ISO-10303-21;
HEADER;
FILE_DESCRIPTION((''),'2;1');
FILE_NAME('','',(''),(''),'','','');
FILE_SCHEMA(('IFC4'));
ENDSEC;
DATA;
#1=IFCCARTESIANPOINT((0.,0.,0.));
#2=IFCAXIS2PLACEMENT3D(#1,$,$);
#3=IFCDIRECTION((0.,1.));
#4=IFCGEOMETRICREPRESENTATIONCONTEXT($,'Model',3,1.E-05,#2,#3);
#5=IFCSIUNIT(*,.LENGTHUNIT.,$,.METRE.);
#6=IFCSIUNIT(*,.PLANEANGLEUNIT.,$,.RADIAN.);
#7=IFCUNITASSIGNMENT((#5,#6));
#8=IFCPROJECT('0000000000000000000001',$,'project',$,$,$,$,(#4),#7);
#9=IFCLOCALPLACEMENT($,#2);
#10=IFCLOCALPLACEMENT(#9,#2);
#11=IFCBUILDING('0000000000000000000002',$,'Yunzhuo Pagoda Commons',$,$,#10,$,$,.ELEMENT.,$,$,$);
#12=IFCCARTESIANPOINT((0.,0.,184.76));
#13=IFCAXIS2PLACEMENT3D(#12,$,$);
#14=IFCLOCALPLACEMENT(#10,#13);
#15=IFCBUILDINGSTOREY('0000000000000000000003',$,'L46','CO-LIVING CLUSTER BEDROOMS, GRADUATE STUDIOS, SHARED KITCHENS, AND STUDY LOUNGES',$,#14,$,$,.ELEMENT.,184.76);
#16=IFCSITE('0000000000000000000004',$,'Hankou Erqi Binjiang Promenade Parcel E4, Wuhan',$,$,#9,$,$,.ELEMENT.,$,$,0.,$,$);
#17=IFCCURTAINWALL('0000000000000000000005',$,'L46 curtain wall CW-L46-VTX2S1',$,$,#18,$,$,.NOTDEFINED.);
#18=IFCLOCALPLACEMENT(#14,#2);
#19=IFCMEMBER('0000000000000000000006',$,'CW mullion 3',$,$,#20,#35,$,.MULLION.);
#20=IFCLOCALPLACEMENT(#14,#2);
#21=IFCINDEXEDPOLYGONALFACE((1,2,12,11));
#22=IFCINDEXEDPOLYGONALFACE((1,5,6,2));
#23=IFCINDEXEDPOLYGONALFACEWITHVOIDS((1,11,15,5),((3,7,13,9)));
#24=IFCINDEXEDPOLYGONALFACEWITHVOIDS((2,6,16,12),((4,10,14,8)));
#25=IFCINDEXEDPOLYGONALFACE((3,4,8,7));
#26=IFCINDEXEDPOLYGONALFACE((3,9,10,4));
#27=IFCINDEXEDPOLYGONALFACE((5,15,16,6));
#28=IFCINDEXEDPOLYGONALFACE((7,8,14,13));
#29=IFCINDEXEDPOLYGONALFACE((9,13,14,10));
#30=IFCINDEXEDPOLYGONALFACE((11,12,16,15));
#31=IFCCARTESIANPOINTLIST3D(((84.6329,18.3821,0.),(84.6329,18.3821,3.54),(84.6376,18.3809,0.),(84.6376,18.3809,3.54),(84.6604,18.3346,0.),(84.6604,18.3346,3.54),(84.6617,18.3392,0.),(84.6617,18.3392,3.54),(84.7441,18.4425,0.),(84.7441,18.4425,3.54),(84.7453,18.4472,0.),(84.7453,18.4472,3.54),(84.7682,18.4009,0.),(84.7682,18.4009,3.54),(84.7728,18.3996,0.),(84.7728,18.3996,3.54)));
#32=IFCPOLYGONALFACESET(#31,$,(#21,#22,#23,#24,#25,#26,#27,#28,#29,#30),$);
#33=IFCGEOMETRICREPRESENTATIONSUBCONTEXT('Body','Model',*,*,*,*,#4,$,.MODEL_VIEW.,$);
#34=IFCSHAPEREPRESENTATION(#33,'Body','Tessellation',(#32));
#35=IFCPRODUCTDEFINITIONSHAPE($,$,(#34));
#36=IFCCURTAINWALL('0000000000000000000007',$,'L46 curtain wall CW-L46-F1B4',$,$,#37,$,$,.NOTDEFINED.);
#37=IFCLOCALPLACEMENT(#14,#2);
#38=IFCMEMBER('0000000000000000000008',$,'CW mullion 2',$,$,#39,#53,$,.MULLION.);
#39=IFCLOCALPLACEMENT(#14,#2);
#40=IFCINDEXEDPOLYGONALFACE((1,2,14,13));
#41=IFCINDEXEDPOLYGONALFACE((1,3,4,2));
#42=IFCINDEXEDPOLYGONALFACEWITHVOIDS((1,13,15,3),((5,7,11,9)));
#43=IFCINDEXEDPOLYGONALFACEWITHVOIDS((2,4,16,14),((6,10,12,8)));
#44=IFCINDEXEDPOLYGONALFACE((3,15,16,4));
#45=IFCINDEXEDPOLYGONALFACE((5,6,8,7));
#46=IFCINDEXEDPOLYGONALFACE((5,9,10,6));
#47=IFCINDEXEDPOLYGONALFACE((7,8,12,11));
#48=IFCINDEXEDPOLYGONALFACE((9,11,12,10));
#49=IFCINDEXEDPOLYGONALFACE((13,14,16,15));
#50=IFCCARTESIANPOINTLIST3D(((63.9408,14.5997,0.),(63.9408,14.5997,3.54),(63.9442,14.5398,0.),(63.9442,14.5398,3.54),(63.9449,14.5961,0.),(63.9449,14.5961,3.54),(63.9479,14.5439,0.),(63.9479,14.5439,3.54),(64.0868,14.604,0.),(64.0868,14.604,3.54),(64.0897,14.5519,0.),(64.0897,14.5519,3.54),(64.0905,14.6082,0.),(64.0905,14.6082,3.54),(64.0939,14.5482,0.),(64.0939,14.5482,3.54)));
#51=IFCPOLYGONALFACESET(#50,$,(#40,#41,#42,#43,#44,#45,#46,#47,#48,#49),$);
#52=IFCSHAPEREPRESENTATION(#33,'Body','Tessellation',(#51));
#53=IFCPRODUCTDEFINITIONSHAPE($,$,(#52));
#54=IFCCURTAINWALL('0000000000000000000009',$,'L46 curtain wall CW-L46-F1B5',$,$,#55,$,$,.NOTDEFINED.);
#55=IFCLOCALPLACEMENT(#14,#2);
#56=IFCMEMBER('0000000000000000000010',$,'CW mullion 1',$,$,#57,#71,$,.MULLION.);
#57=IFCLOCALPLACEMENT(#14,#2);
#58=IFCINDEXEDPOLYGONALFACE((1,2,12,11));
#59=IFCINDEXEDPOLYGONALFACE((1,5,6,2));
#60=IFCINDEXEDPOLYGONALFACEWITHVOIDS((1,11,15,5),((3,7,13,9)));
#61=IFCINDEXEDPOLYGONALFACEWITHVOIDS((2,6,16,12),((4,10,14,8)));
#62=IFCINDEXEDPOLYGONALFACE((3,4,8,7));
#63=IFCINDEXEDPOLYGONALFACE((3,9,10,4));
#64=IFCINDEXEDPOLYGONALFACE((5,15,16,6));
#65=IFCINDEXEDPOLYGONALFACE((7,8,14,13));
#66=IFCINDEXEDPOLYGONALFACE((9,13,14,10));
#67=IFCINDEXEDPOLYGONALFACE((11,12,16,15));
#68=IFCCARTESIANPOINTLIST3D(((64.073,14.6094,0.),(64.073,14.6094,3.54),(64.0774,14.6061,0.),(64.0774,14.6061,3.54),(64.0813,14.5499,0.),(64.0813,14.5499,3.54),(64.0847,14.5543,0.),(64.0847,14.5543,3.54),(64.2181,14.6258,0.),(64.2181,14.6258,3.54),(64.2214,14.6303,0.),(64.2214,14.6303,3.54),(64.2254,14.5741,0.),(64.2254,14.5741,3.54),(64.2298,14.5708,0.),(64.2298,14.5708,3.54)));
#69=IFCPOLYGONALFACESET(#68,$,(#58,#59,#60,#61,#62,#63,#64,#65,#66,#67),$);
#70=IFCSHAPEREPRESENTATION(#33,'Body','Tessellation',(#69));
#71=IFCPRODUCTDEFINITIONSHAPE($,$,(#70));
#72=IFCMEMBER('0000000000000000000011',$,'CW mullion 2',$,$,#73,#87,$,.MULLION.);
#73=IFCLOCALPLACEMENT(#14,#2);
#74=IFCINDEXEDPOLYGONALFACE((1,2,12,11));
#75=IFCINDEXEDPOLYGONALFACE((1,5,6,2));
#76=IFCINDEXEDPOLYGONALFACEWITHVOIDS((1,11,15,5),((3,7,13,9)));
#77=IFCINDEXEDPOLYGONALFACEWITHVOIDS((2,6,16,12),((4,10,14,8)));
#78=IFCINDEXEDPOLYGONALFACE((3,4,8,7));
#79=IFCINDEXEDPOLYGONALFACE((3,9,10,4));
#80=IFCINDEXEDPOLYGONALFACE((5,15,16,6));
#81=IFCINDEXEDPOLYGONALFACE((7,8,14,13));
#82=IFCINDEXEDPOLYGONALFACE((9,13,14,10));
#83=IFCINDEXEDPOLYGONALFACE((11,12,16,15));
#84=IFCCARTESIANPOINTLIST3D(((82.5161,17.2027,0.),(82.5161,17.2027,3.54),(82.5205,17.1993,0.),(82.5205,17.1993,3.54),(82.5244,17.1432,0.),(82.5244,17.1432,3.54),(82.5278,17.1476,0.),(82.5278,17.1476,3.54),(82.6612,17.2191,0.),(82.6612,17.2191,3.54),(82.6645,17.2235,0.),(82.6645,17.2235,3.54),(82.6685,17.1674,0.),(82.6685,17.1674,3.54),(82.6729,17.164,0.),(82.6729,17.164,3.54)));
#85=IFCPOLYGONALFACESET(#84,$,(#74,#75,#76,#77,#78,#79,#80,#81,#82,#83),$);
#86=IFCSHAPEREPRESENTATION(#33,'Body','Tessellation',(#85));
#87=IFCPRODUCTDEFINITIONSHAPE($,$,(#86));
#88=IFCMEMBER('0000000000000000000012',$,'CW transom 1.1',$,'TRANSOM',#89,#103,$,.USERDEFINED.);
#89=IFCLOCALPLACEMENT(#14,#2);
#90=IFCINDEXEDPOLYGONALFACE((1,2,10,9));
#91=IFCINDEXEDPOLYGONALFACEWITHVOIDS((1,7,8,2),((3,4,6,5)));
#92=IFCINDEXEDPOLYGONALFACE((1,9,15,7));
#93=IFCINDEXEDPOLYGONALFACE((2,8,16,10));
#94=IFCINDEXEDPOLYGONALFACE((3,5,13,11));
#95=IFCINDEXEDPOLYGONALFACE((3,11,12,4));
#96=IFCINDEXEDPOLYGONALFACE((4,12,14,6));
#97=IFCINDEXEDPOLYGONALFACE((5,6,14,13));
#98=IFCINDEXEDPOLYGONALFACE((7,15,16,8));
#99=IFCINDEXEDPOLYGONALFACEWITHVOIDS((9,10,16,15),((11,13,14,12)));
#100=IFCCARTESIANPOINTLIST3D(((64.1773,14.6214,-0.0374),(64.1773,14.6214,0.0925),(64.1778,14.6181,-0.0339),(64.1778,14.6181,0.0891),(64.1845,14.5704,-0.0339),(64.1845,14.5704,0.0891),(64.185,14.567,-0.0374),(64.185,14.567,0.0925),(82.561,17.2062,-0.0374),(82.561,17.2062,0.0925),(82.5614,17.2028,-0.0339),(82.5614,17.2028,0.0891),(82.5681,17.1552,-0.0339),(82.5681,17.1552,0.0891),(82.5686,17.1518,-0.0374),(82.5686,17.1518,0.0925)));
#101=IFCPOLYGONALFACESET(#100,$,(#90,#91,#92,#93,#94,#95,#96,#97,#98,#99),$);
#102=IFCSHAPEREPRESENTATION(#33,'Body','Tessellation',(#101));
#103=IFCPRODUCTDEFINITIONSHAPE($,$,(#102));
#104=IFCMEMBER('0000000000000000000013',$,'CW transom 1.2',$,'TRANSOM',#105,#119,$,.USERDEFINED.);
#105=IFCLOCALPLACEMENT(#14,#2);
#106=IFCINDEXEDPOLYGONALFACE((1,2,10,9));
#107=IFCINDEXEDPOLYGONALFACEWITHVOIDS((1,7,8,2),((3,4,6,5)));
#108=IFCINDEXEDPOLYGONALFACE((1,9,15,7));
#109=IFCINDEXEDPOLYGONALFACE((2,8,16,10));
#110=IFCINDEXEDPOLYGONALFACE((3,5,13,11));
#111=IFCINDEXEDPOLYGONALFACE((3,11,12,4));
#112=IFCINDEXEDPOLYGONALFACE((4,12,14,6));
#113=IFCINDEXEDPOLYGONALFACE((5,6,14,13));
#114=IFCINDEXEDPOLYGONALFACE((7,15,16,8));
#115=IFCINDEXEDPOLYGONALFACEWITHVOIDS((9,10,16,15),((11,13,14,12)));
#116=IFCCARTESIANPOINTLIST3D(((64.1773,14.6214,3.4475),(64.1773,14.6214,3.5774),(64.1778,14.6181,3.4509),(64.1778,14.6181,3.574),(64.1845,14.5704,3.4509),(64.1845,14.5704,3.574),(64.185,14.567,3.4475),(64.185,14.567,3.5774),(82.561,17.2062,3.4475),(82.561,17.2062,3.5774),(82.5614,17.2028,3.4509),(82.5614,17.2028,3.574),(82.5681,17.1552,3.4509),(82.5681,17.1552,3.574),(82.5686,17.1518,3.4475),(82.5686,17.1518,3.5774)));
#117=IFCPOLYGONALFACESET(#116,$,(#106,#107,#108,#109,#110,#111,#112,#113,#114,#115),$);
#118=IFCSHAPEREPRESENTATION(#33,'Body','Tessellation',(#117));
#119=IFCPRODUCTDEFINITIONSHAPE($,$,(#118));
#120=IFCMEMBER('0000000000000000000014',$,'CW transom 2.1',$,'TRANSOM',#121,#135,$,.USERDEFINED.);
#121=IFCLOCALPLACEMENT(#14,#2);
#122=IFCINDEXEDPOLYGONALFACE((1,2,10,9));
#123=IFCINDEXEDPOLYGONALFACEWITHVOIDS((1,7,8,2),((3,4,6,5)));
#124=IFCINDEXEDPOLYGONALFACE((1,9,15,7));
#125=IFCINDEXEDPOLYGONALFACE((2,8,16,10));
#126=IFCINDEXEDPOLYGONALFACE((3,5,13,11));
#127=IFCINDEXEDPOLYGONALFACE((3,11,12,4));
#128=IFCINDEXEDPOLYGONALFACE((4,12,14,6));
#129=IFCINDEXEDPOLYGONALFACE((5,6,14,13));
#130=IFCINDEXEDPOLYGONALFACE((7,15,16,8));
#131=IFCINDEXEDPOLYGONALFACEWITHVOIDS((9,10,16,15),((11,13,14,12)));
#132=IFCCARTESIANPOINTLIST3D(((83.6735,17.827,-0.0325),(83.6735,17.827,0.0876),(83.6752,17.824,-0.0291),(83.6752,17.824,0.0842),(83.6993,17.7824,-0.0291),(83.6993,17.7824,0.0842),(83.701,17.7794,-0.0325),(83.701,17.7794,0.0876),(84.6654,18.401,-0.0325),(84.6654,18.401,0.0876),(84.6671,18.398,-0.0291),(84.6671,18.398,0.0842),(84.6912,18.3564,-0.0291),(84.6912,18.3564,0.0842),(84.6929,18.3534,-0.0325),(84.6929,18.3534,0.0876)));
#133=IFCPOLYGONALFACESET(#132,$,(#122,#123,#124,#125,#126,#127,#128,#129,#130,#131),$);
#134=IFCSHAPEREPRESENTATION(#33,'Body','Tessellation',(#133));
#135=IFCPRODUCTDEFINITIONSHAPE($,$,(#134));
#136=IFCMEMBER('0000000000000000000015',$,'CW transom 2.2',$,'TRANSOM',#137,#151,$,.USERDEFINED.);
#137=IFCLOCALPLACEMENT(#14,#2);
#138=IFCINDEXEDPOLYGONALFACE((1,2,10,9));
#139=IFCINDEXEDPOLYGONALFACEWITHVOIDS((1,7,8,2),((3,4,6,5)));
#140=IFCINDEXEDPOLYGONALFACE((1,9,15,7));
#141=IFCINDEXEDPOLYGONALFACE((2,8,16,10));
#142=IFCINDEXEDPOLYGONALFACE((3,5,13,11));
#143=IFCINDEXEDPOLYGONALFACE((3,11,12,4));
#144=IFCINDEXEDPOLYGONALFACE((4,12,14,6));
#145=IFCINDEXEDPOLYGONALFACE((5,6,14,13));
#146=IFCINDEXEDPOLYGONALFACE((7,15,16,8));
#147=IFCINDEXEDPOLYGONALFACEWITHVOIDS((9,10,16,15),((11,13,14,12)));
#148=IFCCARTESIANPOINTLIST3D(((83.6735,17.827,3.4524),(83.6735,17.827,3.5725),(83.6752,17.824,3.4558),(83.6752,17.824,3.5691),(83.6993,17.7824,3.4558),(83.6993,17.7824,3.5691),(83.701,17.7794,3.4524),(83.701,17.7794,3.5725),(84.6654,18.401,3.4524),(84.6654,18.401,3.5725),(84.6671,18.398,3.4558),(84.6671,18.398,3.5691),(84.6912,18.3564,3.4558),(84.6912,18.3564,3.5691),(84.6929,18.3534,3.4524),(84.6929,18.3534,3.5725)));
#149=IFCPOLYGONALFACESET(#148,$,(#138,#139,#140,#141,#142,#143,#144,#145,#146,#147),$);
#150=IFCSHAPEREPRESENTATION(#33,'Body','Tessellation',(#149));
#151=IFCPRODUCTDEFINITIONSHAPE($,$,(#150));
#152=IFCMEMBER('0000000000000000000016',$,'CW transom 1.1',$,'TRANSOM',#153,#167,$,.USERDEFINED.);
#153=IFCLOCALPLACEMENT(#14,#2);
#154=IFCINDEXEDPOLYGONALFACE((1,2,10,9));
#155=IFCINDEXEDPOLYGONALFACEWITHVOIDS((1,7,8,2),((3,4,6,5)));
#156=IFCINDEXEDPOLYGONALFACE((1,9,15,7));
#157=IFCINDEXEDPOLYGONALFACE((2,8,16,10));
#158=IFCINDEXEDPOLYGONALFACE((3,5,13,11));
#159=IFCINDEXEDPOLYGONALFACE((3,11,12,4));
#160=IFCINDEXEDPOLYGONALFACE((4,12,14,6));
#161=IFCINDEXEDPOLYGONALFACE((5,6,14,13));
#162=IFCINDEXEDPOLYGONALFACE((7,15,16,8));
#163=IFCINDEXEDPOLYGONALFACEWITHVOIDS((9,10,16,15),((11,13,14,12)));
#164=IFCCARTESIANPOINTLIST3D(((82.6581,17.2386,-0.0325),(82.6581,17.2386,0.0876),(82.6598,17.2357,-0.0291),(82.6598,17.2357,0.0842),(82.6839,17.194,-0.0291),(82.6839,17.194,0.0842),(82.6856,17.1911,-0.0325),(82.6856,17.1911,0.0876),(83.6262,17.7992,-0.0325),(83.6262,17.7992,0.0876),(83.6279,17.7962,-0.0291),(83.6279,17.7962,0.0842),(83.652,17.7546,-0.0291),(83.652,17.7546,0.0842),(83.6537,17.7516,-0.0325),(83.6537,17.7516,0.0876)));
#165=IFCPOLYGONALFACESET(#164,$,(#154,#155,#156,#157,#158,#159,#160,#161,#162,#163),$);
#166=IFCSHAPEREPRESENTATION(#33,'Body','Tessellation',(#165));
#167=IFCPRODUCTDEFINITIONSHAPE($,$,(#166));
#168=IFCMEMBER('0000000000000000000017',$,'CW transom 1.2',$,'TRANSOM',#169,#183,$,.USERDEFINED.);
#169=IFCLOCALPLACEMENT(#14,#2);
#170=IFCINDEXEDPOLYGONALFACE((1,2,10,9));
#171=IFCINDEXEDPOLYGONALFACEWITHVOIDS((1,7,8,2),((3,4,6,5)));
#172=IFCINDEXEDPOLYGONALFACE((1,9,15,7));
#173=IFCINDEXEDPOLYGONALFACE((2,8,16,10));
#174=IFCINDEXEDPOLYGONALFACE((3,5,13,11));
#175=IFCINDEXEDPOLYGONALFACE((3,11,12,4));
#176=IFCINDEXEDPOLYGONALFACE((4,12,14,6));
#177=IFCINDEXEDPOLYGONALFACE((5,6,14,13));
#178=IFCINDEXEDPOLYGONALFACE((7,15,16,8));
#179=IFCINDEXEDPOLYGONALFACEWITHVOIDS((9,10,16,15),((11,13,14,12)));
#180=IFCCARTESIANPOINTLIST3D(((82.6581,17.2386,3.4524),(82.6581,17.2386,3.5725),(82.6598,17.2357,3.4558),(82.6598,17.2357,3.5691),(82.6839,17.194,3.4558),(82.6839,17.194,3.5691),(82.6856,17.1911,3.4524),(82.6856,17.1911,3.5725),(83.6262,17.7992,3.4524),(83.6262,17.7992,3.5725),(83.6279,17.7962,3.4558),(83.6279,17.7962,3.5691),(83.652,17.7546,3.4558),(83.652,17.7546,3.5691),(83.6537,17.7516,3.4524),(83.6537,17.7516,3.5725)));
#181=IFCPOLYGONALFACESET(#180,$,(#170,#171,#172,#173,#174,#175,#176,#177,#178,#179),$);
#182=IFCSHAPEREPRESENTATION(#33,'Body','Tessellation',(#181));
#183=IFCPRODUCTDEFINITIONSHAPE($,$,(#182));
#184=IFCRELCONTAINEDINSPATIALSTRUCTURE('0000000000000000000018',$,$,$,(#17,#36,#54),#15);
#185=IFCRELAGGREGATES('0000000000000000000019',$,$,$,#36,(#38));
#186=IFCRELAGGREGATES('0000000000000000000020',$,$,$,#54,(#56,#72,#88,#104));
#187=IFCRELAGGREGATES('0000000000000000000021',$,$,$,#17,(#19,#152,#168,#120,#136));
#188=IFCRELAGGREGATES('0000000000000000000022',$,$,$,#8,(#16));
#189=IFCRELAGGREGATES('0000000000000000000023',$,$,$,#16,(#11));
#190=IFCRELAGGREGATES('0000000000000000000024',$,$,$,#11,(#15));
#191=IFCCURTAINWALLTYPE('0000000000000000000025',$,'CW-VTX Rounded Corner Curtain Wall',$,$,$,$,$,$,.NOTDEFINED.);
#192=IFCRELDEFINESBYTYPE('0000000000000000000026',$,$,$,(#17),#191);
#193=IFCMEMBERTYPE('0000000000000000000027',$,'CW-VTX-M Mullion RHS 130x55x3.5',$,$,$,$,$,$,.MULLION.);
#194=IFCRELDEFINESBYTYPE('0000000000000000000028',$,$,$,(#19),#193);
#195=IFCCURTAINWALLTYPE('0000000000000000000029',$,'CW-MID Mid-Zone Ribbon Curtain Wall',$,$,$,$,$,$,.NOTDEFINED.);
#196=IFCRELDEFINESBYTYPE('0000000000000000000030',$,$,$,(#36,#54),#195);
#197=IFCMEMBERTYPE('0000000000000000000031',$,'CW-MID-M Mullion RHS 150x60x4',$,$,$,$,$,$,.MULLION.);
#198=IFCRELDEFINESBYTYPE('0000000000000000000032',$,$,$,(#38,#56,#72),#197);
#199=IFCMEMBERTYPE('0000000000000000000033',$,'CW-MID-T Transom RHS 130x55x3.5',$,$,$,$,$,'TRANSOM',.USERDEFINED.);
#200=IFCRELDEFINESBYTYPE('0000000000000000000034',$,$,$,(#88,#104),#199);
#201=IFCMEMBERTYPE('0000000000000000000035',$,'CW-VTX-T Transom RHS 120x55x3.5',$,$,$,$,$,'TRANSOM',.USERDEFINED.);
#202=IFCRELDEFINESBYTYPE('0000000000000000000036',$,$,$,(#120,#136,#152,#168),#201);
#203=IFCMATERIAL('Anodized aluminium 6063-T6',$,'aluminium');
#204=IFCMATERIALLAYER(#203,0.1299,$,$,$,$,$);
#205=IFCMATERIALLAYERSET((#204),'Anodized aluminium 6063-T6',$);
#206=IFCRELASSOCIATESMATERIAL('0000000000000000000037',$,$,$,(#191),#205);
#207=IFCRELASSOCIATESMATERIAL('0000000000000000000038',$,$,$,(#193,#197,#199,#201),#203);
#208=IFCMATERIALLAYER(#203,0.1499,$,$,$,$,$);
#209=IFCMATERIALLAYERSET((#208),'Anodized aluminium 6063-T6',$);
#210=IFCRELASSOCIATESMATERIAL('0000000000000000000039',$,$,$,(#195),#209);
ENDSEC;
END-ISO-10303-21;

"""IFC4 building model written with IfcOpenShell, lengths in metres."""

from ifc_helpers import new_model, si_unit, direction, frame, origin, origin_2d, place, context, subcontext, project, spatial, hollow_rectangle, extrude, source, transform, mapped, material, layer, layer_set, material_profile, profile_set, type_object, element, aggregate, save


model = new_model("IFC4")

# Units and contexts
model_context = context("Model", 3, precision=1e-05, world=origin(), true_north=direction((0.0, 1.0)))
body_context = subcontext(model_context, "Body", "Model", "MODEL_VIEW")
ifc_project = project(units=[si_unit("LENGTHUNIT", "METRE"), si_unit("PLANEANGLEUNIT", "RADIAN")], contexts=[model_context])

# Site, building, storey
site_placement = place(None, origin())
site = spatial("IfcSite", under=ifc_project, at=site_placement, Name="Hankou Erqi Binjiang Promenade Parcel E4, Wuhan", CompositionType="ELEMENT", RefElevation=0.0)
building_placement = place(site_placement, origin())
building = spatial("IfcBuilding", under=site, at=building_placement, Name="Yunzhuo Pagoda Commons", CompositionType="ELEMENT")
storey_placement = place(building_placement, frame((0.0, 0.0, 184.76)))
storey = spatial("IfcBuildingStorey", under=building, at=storey_placement, Name="L46", Description="CO-LIVING CLUSTER BEDROOMS, GRADUATE STUDIOS, SHARED KITCHENS, AND STUDY LOUNGES", CompositionType="ELEMENT", Elevation=184.76)

# Curtain wall, member
ifc_material_1 = material(Name="Anodized aluminium 6063-T6", Category="aluminium")
ifc_layer_1 = layer(ifc_material_1, 0.1299)
ifc_layer_set_1 = layer_set([ifc_layer_1], Name="Anodized aluminium 6063-T6")
curtain_wall_type_1 = type_object("IfcCurtainWallType", Name="CW-VTX Rounded Corner Curtain Wall", PredefinedType="NOTDEFINED", material=ifc_layer_set_1)
curtain_wall_1_placement = place(storey_placement, origin())
curtain_wall_1 = element("IfcCurtainWall", 1, at=curtain_wall_1_placement, inside=storey, type_object=curtain_wall_type_1, Name="L46 curtain wall CW-L46-VTX2S1", PredefinedType="NOTDEFINED")
ifc_material_profile_1 = material_profile(ifc_material_1, hollow_rectangle(XDim=0.0549, YDim=0.1299, WallThickness=0.0034, at=origin_2d()), Name="Anodized aluminium 6063-T6")
ifc_profile_set_1 = profile_set([ifc_material_profile_1], Name="Anodized aluminium 6063-T6")
member_type_1 = type_object("IfcMemberType", Name="CW-VTX-M Mullion RHS 130x55x3.5", PredefinedType="MULLION", material=ifc_profile_set_1)
shared_shape_1 = source(origin(), body_context, "Body", "SweptSolid", [
    extrude(hollow_rectangle(XDim=0.0549, YDim=0.1299, WallThickness=0.0034, at=origin_2d()), origin(), (0.0, 0.0, 1.0), 3.54),
])
member_1_placement = place(storey_placement, frame((84.7029, 18.3909, 0.0), z_axis=(0.0, 0.0, 1.0), x_axis=(-0.50104, 0.865424, 0.0)))
member_1 = element("IfcMember", 2, at=member_1_placement, type_object=member_type_1, Name="CW mullion 3", PredefinedType="MULLION", context=body_context, shape_type="MappedRepresentation", body=[
    mapped(shared_shape_1, transform((0.0, 0.0, 0.0), scale=1.0)),
])

# Curtain wall, member
ifc_layer_2 = layer(ifc_material_1, 0.1499)
ifc_layer_set_2 = layer_set([ifc_layer_2], Name="Anodized aluminium 6063-T6")
curtain_wall_type_2 = type_object("IfcCurtainWallType", Name="CW-MID Mid-Zone Ribbon Curtain Wall", PredefinedType="NOTDEFINED", material=ifc_layer_set_2)
curtain_wall_2_placement = place(storey_placement, origin())
curtain_wall_2 = element("IfcCurtainWall", 3, at=curtain_wall_2_placement, inside=storey, type_object=curtain_wall_type_2, Name="L46 curtain wall CW-L46-F1B4", PredefinedType="NOTDEFINED")
ifc_material_profile_2 = material_profile(ifc_material_1, hollow_rectangle(XDim=0.0601, YDim=0.1499, WallThickness=0.0039, at=origin_2d()), Name="Anodized aluminium 6063-T6")
ifc_profile_set_2 = profile_set([ifc_material_profile_2], Name="Anodized aluminium 6063-T6")
member_type_2 = type_object("IfcMemberType", Name="CW-MID-M Mullion RHS 150x60x4", PredefinedType="MULLION", material=ifc_profile_set_2)
shared_shape_2 = source(origin(), body_context, "Body", "SweptSolid", [
    extrude(hollow_rectangle(XDim=0.0601, YDim=0.1499, WallThickness=0.0039, at=origin_2d()), origin(), (0.0, 0.0, 1.0), 3.54),
])
member_2_placement = place(storey_placement, frame((64.0173, 14.574, 0.0), z_axis=(0.0, 0.0, 1.0), x_axis=(-0.056143, 0.998423, 0.0)))
member_2 = element("IfcMember", 4, at=member_2_placement, type_object=member_type_2, Name="CW mullion 2", PredefinedType="MULLION", context=body_context, shape_type="MappedRepresentation", body=[
    mapped(shared_shape_2, transform((0.0, 0.0, 0.0), scale=1.0)),
])
aggregate(curtain_wall_2, [member_2])

# Curtain wall, members
curtain_wall_3_placement = place(storey_placement, origin())
curtain_wall_3 = element("IfcCurtainWall", 5, at=curtain_wall_3_placement, inside=storey, type_object=curtain_wall_type_2, Name="L46 curtain wall CW-L46-F1B5", PredefinedType="NOTDEFINED")
member_3_placement = place(storey_placement, frame((64.1514, 14.5901, 0.0), z_axis=(0.0, 0.0, 1.0), x_axis=(-0.139233, 0.99026, 0.0)))
member_3 = element("IfcMember", 6, at=member_3_placement, type_object=member_type_2, Name="CW mullion 1", PredefinedType="MULLION", context=body_context, shape_type="MappedRepresentation", body=[
    mapped(shared_shape_2, transform((0.0, 0.0, 0.0), scale=1.0)),
])
member_4_placement = place(storey_placement, frame((82.5945, 17.1833, 0.0), z_axis=(0.0, 0.0, 1.0), x_axis=(-0.139233, 0.99026, 0.0)))
member_4 = element("IfcMember", 7, at=member_4_placement, type_object=member_type_2, Name="CW mullion 2", PredefinedType="MULLION", context=body_context, shape_type="MappedRepresentation", body=[
    mapped(shared_shape_2, transform((0.0, 0.0, 0.0), scale=1.0)),
])
ifc_material_profile_3 = material_profile(ifc_material_1, hollow_rectangle(XDim=0.0549, YDim=0.1299, WallThickness=0.0034, at=origin_2d()), Name="Anodized aluminium 6063-T6")
ifc_profile_set_3 = profile_set([ifc_material_profile_3], Name="Anodized aluminium 6063-T6")
member_type_3 = type_object("IfcMemberType", Name="CW-MID-T Transom RHS 130x55x3.5", ElementType="TRANSOM", PredefinedType="USERDEFINED", material=ifc_profile_set_3)
shared_shape_3 = source(origin(), body_context, "Body", "SweptSolid", [
    extrude(hollow_rectangle(XDim=0.0549, YDim=0.1299, WallThickness=0.0034, at=origin_2d()), origin(), (0.0, 0.0, 1.0), 18.5645),
])
member_5_placement = place(storey_placement, frame((64.1812, 14.5942, 0.0276), z_axis=(0.99026, 0.13923, 0.0), x_axis=(-0.13923, 0.99026, 0.0)))
member_5 = element("IfcMember", 8, at=member_5_placement, type_object=member_type_3, Name="CW transom 1.1", ObjectType="TRANSOM", PredefinedType="USERDEFINED", context=body_context, shape_type="MappedRepresentation", body=[
    mapped(shared_shape_3, transform((0.0, 0.0, 0.0), scale=1.0)),
])
member_6_placement = place(storey_placement, frame((64.1812, 14.5942, 3.5125), z_axis=(0.99026, 0.13923, 0.0), x_axis=(-0.13923, 0.99026, 0.0)))
member_6 = element("IfcMember", 9, at=member_6_placement, type_object=member_type_3, Name="CW transom 1.2", ObjectType="TRANSOM", PredefinedType="USERDEFINED", context=body_context, shape_type="MappedRepresentation", body=[
    mapped(shared_shape_3, transform((0.0, 0.0, 0.0), scale=1.0)),
])

# Members
ifc_material_profile_4 = material_profile(ifc_material_1, hollow_rectangle(XDim=0.0549, YDim=0.1201, WallThickness=0.0034, at=origin_2d()), Name="Anodized aluminium 6063-T6")
ifc_profile_set_4 = profile_set([ifc_material_profile_4], Name="Anodized aluminium 6063-T6")
member_type_4 = type_object("IfcMemberType", Name="CW-VTX-T Transom RHS 120x55x3.5", ElementType="TRANSOM", PredefinedType="USERDEFINED", material=ifc_profile_set_4)
shared_shape_4 = source(origin(), body_context, "Body", "SweptSolid", [
    extrude(hollow_rectangle(XDim=0.0549, YDim=0.1201, WallThickness=0.0034, at=origin_2d()), origin(), (0.0, 0.0, 1.0), 1.146),
])
member_7_placement = place(storey_placement, frame((83.6873, 17.8032, 0.0276), z_axis=(0.865543, 0.500835, 0.0), x_axis=(-0.500835, 0.865543, 0.0)))
member_7 = element("IfcMember", 10, at=member_7_placement, type_object=member_type_4, Name="CW transom 2.1", ObjectType="TRANSOM", PredefinedType="USERDEFINED", context=body_context, shape_type="MappedRepresentation", body=[
    mapped(shared_shape_4, transform((0.0, 0.0, 0.0), scale=1.0)),
])
member_8_placement = place(storey_placement, frame((83.6873, 17.8032, 3.5125), z_axis=(0.865543, 0.500835, 0.0), x_axis=(-0.500835, 0.865543, 0.0)))
member_8 = element("IfcMember", 11, at=member_8_placement, type_object=member_type_4, Name="CW transom 2.2", ObjectType="TRANSOM", PredefinedType="USERDEFINED", context=body_context, shape_type="MappedRepresentation", body=[
    mapped(shared_shape_4, transform((0.0, 0.0, 0.0), scale=1.0)),
])
shared_shape_5 = source(origin(), body_context, "Body", "SweptSolid", [
    extrude(hollow_rectangle(XDim=0.0549, YDim=0.1201, WallThickness=0.0034, at=origin_2d()), origin(), (0.0, 0.0, 1.0), 1.1187),
])
member_9_placement = place(storey_placement, frame((82.6719, 17.2148, 0.0276), z_axis=(0.865381, 0.501114, 0.0), x_axis=(-0.501114, 0.865381, 0.0)))
member_9 = element("IfcMember", 12, at=member_9_placement, type_object=member_type_4, Name="CW transom 1.1", ObjectType="TRANSOM", PredefinedType="USERDEFINED", context=body_context, shape_type="MappedRepresentation", body=[
    mapped(shared_shape_5, transform((0.0, 0.0, 0.0), scale=1.0)),
])
member_10_placement = place(storey_placement, frame((82.6719, 17.2148, 3.5125), z_axis=(0.865381, 0.501114, 0.0), x_axis=(-0.501114, 0.865381, 0.0)))
member_10 = element("IfcMember", 13, at=member_10_placement, type_object=member_type_4, Name="CW transom 1.2", ObjectType="TRANSOM", PredefinedType="USERDEFINED", context=body_context, shape_type="MappedRepresentation", body=[
    mapped(shared_shape_5, transform((0.0, 0.0, 0.0), scale=1.0)),
])

aggregate(curtain_wall_3, [member_3, member_4, member_5, member_6])
aggregate(curtain_wall_1, [member_1, member_9, member_10, member_7, member_8])

save(model, "model.ifc")
